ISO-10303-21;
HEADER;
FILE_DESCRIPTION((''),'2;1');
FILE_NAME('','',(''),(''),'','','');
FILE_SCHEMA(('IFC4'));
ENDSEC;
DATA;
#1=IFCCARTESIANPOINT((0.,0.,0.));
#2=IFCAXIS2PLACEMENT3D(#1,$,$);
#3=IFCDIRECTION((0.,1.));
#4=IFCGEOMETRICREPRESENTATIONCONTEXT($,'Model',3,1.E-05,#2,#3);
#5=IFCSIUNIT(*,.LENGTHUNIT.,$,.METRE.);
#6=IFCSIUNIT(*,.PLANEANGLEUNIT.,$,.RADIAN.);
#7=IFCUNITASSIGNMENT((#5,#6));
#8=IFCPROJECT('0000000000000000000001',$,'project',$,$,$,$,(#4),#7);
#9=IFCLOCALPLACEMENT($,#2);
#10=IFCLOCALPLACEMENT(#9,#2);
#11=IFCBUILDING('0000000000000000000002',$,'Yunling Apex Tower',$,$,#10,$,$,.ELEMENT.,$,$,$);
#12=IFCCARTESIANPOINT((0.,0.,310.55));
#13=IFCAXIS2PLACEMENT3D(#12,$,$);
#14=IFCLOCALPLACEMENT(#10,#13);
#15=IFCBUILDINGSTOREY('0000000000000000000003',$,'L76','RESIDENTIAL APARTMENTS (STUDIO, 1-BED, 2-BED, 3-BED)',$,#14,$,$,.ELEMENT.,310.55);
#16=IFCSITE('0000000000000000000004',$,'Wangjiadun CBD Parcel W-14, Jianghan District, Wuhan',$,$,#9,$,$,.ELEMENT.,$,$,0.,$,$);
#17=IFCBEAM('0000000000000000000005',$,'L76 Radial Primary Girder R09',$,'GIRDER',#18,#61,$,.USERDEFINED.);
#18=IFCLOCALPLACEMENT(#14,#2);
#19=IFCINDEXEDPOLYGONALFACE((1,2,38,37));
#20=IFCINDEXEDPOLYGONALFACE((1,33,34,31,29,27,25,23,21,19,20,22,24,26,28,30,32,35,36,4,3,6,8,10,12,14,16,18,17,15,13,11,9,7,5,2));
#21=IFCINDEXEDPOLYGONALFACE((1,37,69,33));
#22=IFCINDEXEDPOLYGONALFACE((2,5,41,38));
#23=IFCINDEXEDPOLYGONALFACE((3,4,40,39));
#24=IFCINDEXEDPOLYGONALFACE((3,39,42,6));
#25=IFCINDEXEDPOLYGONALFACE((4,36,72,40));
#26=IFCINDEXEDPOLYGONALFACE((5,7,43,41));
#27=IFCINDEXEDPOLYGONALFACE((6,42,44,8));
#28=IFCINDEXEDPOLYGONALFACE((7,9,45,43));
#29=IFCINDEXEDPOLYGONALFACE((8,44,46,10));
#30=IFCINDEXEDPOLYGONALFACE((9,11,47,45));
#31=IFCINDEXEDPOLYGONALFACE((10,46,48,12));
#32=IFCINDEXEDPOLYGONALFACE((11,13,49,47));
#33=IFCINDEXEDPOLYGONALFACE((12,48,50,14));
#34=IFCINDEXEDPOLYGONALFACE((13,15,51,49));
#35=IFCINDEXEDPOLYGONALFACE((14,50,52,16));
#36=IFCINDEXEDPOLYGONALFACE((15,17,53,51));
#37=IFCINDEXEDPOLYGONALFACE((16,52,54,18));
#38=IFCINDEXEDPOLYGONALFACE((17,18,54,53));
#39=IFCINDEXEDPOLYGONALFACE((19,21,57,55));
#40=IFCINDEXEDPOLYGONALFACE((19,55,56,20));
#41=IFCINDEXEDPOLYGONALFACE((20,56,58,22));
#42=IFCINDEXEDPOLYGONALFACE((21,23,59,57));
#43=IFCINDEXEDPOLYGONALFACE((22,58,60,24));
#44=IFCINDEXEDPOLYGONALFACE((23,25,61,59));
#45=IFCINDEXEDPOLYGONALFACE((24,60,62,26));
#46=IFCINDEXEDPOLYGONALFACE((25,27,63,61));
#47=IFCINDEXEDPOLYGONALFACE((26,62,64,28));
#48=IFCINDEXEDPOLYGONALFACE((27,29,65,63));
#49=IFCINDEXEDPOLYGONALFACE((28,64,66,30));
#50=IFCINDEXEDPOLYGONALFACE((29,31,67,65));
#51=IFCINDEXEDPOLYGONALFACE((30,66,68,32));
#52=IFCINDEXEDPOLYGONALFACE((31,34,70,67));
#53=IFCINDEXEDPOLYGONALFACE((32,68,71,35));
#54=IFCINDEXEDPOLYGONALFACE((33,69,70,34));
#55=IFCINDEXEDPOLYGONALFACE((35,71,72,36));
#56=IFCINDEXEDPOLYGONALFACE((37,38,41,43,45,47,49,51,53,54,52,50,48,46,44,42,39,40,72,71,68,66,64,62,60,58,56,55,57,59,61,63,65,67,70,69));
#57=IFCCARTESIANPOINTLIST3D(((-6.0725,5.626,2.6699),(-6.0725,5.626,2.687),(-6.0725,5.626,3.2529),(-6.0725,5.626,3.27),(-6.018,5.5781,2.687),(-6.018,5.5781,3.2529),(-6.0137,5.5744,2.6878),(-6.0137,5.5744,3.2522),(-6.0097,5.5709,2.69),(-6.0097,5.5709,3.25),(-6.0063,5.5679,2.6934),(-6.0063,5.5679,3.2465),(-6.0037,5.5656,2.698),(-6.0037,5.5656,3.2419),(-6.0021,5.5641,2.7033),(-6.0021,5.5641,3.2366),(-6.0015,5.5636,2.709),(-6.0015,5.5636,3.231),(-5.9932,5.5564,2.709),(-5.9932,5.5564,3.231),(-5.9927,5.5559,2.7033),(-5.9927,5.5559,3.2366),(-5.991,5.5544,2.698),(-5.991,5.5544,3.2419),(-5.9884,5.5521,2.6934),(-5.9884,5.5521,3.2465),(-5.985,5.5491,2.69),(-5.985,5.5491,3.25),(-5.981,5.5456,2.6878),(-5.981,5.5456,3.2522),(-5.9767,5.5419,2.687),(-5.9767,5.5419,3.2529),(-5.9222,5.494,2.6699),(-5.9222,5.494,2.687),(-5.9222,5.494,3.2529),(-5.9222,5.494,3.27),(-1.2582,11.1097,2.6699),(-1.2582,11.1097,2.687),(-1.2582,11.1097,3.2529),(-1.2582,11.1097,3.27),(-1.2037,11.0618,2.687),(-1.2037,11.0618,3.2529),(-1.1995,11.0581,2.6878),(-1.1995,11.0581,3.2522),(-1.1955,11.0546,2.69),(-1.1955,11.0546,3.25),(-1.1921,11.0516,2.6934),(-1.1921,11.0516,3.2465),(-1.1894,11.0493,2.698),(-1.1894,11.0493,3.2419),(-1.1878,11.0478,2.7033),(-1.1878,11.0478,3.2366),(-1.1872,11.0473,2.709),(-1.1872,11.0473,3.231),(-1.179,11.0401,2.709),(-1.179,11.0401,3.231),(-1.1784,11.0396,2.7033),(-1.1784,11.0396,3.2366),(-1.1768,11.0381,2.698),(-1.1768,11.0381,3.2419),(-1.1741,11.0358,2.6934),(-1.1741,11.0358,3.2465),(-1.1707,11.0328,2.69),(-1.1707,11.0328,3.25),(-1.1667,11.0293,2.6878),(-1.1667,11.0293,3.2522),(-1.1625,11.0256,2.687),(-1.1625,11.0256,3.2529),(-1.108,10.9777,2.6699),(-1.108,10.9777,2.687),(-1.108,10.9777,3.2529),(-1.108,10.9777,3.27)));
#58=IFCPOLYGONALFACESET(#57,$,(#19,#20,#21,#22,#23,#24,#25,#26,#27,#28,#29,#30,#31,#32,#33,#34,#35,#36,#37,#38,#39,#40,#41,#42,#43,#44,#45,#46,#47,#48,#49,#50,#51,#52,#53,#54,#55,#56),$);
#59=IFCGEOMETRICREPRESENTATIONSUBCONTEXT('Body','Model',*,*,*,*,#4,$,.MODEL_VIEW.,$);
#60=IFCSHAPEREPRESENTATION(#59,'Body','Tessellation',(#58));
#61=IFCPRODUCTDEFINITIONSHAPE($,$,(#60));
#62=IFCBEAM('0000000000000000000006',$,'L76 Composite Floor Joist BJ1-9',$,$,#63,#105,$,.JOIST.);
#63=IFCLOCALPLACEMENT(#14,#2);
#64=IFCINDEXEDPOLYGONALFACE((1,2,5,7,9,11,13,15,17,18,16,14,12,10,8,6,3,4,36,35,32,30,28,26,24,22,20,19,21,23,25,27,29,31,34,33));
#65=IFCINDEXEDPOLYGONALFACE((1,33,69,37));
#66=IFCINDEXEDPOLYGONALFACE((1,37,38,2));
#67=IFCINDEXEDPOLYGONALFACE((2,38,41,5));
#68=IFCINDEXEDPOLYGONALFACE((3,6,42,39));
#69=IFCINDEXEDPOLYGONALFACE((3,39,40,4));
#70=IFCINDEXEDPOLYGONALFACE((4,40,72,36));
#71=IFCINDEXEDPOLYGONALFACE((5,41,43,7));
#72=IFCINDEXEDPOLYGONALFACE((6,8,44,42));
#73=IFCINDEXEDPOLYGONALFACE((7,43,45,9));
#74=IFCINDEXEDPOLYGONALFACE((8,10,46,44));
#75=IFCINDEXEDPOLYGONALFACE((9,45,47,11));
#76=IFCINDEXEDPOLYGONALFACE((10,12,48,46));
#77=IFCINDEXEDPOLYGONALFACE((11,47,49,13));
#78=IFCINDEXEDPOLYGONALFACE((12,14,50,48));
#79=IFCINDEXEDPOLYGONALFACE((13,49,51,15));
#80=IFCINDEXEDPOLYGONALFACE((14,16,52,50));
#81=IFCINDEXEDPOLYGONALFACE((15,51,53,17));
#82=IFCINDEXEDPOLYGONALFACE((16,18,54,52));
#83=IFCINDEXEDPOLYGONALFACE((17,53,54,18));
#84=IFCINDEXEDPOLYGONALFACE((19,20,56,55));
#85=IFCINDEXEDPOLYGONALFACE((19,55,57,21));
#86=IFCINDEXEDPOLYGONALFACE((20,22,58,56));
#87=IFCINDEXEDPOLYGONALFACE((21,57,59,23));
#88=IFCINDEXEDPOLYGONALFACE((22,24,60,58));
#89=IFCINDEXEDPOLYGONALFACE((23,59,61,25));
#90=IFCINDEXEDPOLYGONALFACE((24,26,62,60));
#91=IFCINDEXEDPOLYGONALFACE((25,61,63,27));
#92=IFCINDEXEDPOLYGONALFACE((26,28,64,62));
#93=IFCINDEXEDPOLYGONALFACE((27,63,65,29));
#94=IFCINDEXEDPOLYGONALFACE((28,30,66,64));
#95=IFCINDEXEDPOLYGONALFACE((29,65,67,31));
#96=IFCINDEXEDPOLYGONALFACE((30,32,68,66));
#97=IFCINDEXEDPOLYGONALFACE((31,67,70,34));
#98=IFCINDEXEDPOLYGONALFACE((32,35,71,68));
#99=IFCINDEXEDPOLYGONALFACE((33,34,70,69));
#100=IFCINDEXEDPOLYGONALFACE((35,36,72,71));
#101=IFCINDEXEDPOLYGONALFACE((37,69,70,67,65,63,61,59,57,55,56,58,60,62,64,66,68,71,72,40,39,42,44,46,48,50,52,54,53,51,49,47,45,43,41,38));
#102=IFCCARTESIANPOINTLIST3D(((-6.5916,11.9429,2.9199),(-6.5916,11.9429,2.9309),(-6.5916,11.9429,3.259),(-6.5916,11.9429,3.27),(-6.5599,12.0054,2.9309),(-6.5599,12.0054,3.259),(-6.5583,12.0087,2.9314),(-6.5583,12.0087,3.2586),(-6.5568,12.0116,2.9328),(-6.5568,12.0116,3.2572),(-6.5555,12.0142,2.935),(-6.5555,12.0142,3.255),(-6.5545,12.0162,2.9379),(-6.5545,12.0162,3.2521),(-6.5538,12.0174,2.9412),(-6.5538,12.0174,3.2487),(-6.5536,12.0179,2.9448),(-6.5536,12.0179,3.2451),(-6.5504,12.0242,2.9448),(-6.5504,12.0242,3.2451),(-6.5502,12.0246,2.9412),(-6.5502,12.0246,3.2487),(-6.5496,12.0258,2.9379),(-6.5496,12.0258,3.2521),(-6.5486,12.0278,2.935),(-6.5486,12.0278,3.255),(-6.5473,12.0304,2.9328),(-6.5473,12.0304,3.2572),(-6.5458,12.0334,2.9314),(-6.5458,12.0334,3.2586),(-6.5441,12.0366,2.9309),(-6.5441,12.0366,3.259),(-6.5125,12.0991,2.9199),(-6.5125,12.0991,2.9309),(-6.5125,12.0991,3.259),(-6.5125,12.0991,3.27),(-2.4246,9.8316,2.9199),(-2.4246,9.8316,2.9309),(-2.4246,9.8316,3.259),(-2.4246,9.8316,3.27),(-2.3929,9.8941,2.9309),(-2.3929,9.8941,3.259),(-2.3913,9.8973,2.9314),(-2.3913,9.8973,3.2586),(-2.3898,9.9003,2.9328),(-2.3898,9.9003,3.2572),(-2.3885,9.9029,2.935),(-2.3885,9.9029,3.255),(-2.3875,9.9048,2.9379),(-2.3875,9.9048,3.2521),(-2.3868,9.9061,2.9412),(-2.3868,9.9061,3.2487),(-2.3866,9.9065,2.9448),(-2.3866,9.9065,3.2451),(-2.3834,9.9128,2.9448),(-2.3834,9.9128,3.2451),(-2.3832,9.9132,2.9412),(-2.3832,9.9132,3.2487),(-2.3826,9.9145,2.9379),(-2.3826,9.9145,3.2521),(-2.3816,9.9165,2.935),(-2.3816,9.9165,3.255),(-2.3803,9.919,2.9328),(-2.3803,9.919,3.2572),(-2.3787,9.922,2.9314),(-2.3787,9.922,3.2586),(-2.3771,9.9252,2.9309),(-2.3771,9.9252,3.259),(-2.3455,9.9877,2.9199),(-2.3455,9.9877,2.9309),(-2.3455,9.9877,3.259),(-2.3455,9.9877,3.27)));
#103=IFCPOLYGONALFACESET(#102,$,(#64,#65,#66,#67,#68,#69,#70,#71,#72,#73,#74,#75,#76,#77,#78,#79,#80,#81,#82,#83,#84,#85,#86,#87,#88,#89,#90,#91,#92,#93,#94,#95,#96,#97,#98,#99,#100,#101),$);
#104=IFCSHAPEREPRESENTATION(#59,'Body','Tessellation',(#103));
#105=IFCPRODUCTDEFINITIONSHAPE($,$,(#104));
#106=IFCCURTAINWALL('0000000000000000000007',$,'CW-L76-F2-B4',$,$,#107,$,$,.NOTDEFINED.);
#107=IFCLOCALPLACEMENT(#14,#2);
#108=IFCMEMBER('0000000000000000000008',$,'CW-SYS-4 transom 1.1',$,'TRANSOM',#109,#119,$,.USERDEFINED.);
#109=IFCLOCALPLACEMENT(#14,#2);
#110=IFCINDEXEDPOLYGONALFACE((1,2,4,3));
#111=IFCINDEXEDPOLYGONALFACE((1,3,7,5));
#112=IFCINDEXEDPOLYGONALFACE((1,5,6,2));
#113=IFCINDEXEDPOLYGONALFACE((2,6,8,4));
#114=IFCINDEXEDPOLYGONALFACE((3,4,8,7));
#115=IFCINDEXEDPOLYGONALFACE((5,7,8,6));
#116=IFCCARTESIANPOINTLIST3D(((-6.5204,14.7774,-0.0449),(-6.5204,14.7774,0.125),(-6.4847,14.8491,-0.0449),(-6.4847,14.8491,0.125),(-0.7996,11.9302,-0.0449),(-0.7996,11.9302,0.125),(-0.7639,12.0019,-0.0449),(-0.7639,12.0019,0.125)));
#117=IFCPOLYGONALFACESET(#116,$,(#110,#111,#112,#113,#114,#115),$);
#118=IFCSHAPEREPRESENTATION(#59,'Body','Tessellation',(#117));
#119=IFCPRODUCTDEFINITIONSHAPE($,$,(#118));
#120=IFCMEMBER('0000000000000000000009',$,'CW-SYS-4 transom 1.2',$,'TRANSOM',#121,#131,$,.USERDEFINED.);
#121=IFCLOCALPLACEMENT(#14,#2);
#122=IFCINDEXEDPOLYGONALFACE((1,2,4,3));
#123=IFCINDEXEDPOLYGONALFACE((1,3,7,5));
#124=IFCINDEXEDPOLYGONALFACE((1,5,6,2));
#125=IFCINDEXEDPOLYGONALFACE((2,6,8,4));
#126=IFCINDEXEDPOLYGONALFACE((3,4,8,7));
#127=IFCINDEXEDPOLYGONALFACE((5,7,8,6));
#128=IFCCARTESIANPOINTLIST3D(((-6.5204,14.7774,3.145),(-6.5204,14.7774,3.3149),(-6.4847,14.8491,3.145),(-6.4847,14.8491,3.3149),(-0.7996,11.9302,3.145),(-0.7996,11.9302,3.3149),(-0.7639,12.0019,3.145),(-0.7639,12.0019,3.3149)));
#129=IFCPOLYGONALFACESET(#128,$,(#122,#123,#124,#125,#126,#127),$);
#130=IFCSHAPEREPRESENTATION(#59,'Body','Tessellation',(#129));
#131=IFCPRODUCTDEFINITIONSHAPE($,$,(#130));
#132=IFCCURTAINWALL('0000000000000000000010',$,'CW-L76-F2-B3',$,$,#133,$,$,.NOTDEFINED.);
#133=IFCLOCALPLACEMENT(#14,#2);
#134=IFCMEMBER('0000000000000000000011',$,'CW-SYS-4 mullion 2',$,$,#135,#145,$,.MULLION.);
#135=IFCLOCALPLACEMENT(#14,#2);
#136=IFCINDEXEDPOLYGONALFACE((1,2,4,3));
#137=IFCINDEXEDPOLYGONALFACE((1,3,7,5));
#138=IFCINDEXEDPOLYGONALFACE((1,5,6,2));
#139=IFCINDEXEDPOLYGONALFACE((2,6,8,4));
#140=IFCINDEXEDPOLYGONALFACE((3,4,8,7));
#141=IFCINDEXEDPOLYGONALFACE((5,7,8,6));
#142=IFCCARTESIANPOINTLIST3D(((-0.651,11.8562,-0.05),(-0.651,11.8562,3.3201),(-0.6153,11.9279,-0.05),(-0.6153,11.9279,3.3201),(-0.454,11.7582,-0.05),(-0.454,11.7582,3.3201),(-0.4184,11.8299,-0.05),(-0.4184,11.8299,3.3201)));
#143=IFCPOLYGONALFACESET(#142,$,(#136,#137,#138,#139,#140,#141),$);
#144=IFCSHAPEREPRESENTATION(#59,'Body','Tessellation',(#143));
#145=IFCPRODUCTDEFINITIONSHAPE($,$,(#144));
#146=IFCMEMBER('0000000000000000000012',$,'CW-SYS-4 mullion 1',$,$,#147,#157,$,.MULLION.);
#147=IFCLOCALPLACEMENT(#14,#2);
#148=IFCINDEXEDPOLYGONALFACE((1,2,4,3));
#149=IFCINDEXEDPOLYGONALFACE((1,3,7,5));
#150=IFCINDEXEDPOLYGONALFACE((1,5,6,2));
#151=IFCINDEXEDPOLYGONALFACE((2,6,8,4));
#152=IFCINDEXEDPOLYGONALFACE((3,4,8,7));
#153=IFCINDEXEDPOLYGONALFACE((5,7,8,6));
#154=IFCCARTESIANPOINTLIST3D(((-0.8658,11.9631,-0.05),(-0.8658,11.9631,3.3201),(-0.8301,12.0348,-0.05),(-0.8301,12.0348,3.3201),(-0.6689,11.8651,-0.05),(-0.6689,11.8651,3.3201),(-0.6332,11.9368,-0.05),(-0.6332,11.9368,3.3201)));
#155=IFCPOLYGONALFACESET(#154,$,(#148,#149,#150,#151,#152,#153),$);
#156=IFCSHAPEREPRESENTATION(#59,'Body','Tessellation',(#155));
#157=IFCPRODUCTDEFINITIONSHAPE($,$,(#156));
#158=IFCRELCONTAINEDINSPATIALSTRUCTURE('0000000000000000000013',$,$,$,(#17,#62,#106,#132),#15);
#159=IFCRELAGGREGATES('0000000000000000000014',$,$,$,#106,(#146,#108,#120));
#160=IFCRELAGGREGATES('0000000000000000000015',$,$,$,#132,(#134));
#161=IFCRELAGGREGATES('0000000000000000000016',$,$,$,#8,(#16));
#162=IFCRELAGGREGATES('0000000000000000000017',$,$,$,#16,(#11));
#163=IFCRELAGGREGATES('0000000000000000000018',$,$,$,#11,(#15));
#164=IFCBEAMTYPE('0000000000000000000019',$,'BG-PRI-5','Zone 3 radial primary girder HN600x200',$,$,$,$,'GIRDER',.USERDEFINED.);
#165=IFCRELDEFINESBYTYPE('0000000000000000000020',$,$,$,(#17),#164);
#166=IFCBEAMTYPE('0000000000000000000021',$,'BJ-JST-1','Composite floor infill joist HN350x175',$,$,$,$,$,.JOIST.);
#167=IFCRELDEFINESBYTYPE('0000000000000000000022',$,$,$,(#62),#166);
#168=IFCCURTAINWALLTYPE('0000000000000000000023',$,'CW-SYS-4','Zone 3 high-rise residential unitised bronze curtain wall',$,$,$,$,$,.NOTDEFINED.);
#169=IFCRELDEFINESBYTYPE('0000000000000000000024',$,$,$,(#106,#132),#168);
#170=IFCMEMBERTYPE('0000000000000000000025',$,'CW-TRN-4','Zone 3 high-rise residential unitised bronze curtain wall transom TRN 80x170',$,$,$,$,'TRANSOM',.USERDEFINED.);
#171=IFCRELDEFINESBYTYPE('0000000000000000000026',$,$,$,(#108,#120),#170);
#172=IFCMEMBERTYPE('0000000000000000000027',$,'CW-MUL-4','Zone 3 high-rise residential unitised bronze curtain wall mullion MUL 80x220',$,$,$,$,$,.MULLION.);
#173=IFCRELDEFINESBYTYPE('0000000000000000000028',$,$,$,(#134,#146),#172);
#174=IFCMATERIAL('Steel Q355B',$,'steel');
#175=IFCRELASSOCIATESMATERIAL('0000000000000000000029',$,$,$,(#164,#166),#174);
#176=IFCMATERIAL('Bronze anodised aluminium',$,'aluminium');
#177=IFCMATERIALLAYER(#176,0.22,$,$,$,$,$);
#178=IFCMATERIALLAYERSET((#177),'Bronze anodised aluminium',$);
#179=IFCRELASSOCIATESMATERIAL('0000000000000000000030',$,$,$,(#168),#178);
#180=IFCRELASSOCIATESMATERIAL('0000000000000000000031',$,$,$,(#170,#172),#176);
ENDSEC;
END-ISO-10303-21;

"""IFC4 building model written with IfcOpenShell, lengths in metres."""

from ifc_helpers import new_model, si_unit, direction, frame, origin, origin_2d, place, context, subcontext, project, spatial, rectangle, i_section, extrude, source, transform, mapped, material, layer, layer_set, material_profile, profile_set, type_object, element, aggregate, save


model = new_model("IFC4")

# Units and contexts
model_context = context("Model", 3, precision=1e-05, world=origin(), true_north=direction((0.0, 1.0)))
body_context = subcontext(model_context, "Body", "Model", "MODEL_VIEW")
ifc_project = project(units=[si_unit("LENGTHUNIT", "METRE"), si_unit("PLANEANGLEUNIT", "RADIAN")], contexts=[model_context])

# Site, building, storey
site_placement = place(None, origin())
site = spatial("IfcSite", under=ifc_project, at=site_placement, Name="Wangjiadun CBD Parcel W-14, Jianghan District, Wuhan", CompositionType="ELEMENT", RefElevation=0.0)
building_placement = place(site_placement, origin())
building = spatial("IfcBuilding", under=site, at=building_placement, Name="Yunling Apex Tower", CompositionType="ELEMENT")
storey_placement = place(building_placement, frame((0.0, 0.0, 310.55)))
storey = spatial("IfcBuildingStorey", under=building, at=storey_placement, Name="L76", Description="RESIDENTIAL APARTMENTS (STUDIO, 1-BED, 2-BED, 3-BED)", CompositionType="ELEMENT", Elevation=310.55)

# Shared definitions
ifc_material_1 = material(Name="Steel Q355B", Category="steel")

# Beams
ifc_material_profile_1 = material_profile(ifc_material_1, i_section(OverallWidth=0.2, OverallDepth=0.6001, WebThickness=0.011, FlangeThickness=0.0171, FilletRadius=0.022, at=origin_2d()))
ifc_profile_set_1 = profile_set([ifc_material_profile_1], Name="Steel Q355B")
beam_type_1 = type_object("IfcBeamType", Name="BG-PRI-5", Description="Zone 3 radial primary girder HN600x200", ElementType="GIRDER", PredefinedType="USERDEFINED", material=ifc_profile_set_1)
shared_shape_1 = source(origin(), body_context, "Body", "SweptSolid", [
    extrude(i_section(OverallWidth=0.2, OverallDepth=0.6001, WebThickness=0.011, FlangeThickness=0.0171, FilletRadius=0.022, at=origin_2d()), origin(), (0.0, 0.0, 1.0), 7.2971),
])
beam_1_placement = place(storey_placement, frame((-1.1831, 11.0437, 2.97), z_axis=(-0.659747, -0.751488, 0.0), x_axis=(0.751488, -0.659747, 0.0)))
element("IfcBeam", 1, at=beam_1_placement, inside=storey, type_object=beam_type_1, Name="L76 Radial Primary Girder R09", ObjectType="GIRDER", PredefinedType="USERDEFINED", context=body_context, shape_type="MappedRepresentation", body=[
    mapped(shared_shape_1, transform((0.0, 0.0, 0.0), scale=1.0)),
])
ifc_material_profile_2 = material_profile(ifc_material_1, i_section(OverallWidth=0.175, OverallDepth=0.3501, WebThickness=0.0071, FlangeThickness=0.011, FilletRadius=0.0139, at=origin_2d()))
ifc_profile_set_2 = profile_set([ifc_material_profile_2], Name="Steel Q355B")
beam_type_2 = type_object("IfcBeamType", Name="BJ-JST-1", Description="Composite floor infill joist HN350x175", PredefinedType="JOIST", material=ifc_profile_set_2)
shared_shape_2 = source(origin(), body_context, "Body", "SweptSolid", [
    extrude(i_section(OverallWidth=0.175, OverallDepth=0.3501, WebThickness=0.0071, FlangeThickness=0.011, FilletRadius=0.0139, at=origin_2d()), origin(), (0.0, 0.0, 1.0), 4.6714),
])
beam_2_placement = place(storey_placement, frame((-2.385, 9.9097, 3.095), z_axis=(-0.892031, 0.451974, 0.0), x_axis=(-0.451974, -0.892031, 0.0)))
element("IfcBeam", 2, at=beam_2_placement, inside=storey, type_object=beam_type_2, Name="L76 Composite Floor Joist BJ1-9", PredefinedType="JOIST", context=body_context, shape_type="MappedRepresentation", body=[
    mapped(shared_shape_2, transform((0.0, 0.0, 0.0), scale=1.0)),
])

# Curtain wall, members
ifc_material_2 = material(Name="Bronze anodised aluminium", Category="aluminium")
ifc_layer_1 = layer(ifc_material_2, 0.22)
ifc_layer_set_1 = layer_set([ifc_layer_1], Name="Bronze anodised aluminium")
curtain_wall_type = type_object("IfcCurtainWallType", Name="CW-SYS-4", Description="Zone 3 high-rise residential unitised bronze curtain wall", PredefinedType="NOTDEFINED", material=ifc_layer_set_1)
curtain_wall_1_placement = place(storey_placement, origin())
curtain_wall_1 = element("IfcCurtainWall", 3, at=curtain_wall_1_placement, inside=storey, type_object=curtain_wall_type, Name="CW-L76-F2-B4", PredefinedType="NOTDEFINED")
ifc_material_profile_3 = material_profile(ifc_material_2, rectangle(XDim=0.0801, YDim=0.1699, at=origin_2d()))
ifc_profile_set_3 = profile_set([ifc_material_profile_3], Name="Bronze anodised aluminium")
member_type_1 = type_object("IfcMemberType", Name="CW-TRN-4", Description="Zone 3 high-rise residential unitised bronze curtain wall transom TRN 80x170", ElementType="TRANSOM", PredefinedType="USERDEFINED", material=ifc_profile_set_3)
shared_shape_3 = source(origin(), body_context, "Body", "SweptSolid", [
    extrude(rectangle(XDim=0.0801, YDim=0.1699, at=origin_2d()), origin(), (0.0, 0.0, 1.0), 6.3901),
])
member_1_placement = place(storey_placement, frame((-0.7817, 11.9661, 0.04), z_axis=(-0.895251, 0.445562, 0.0), x_axis=(-0.445562, -0.895251, 0.0)))
member_1 = element("IfcMember", 4, at=member_1_placement, type_object=member_type_1, Name="CW-SYS-4 transom 1.1", ObjectType="TRANSOM", PredefinedType="USERDEFINED", context=body_context, shape_type="MappedRepresentation", body=[
    mapped(shared_shape_3, transform((0.0, 0.0, 0.0), scale=1.0)),
])
member_2_placement = place(storey_placement, frame((-0.7817, 11.9661, 3.23), z_axis=(-0.895251, 0.445562, 0.0), x_axis=(-0.445562, -0.895251, 0.0)))
member_2 = element("IfcMember", 5, at=member_2_placement, type_object=member_type_1, Name="CW-SYS-4 transom 1.2", ObjectType="TRANSOM", PredefinedType="USERDEFINED", context=body_context, shape_type="MappedRepresentation", body=[
    mapped(shared_shape_3, transform((0.0, 0.0, 0.0), scale=1.0)),
])

# Curtain wall, member
curtain_wall_2_placement = place(storey_placement, origin())
curtain_wall_2 = element("IfcCurtainWall", 6, at=curtain_wall_2_placement, inside=storey, type_object=curtain_wall_type, Name="CW-L76-F2-B3", PredefinedType="NOTDEFINED")
ifc_material_profile_4 = material_profile(ifc_material_2, rectangle(XDim=0.0801, YDim=0.22, at=origin_2d()))
ifc_profile_set_4 = profile_set([ifc_material_profile_4], Name="Bronze anodised aluminium")
member_type_2 = type_object("IfcMemberType", Name="CW-MUL-4", Description="Zone 3 high-rise residential unitised bronze curtain wall mullion MUL 80x220", PredefinedType="MULLION", material=ifc_profile_set_4)
shared_shape_4 = source(origin(), body_context, "Body", "SweptSolid", [
    extrude(rectangle(XDim=0.0801, YDim=0.22, at=origin_2d()), origin(), (0.0, 0.0, 1.0), 3.3701),
])
member_3_placement = place(storey_placement, frame((-0.5347, 11.843, -0.05), z_axis=(0.0, 0.0, 1.0), x_axis=(-0.445562, -0.895251, 0.0)))
member_3 = element("IfcMember", 7, at=member_3_placement, type_object=member_type_2, Name="CW-SYS-4 mullion 2", PredefinedType="MULLION", context=body_context, shape_type="MappedRepresentation", body=[
    mapped(shared_shape_4, transform((0.0, 0.0, 0.0), scale=1.0)),
])

# Member
member_4_placement = place(storey_placement, frame((-0.7495, 11.95, -0.05), z_axis=(0.0, 0.0, 1.0), x_axis=(-0.445568, -0.895248, 0.0)))
member_4 = element("IfcMember", 8, at=member_4_placement, type_object=member_type_2, Name="CW-SYS-4 mullion 1", PredefinedType="MULLION", context=body_context, shape_type="MappedRepresentation", body=[
    mapped(shared_shape_4, transform((0.0, 0.0, 0.0), scale=1.0)),
])
aggregate(curtain_wall_1, [member_4, member_1, member_2])

aggregate(curtain_wall_2, [member_3])

save(model, "model.ifc")
